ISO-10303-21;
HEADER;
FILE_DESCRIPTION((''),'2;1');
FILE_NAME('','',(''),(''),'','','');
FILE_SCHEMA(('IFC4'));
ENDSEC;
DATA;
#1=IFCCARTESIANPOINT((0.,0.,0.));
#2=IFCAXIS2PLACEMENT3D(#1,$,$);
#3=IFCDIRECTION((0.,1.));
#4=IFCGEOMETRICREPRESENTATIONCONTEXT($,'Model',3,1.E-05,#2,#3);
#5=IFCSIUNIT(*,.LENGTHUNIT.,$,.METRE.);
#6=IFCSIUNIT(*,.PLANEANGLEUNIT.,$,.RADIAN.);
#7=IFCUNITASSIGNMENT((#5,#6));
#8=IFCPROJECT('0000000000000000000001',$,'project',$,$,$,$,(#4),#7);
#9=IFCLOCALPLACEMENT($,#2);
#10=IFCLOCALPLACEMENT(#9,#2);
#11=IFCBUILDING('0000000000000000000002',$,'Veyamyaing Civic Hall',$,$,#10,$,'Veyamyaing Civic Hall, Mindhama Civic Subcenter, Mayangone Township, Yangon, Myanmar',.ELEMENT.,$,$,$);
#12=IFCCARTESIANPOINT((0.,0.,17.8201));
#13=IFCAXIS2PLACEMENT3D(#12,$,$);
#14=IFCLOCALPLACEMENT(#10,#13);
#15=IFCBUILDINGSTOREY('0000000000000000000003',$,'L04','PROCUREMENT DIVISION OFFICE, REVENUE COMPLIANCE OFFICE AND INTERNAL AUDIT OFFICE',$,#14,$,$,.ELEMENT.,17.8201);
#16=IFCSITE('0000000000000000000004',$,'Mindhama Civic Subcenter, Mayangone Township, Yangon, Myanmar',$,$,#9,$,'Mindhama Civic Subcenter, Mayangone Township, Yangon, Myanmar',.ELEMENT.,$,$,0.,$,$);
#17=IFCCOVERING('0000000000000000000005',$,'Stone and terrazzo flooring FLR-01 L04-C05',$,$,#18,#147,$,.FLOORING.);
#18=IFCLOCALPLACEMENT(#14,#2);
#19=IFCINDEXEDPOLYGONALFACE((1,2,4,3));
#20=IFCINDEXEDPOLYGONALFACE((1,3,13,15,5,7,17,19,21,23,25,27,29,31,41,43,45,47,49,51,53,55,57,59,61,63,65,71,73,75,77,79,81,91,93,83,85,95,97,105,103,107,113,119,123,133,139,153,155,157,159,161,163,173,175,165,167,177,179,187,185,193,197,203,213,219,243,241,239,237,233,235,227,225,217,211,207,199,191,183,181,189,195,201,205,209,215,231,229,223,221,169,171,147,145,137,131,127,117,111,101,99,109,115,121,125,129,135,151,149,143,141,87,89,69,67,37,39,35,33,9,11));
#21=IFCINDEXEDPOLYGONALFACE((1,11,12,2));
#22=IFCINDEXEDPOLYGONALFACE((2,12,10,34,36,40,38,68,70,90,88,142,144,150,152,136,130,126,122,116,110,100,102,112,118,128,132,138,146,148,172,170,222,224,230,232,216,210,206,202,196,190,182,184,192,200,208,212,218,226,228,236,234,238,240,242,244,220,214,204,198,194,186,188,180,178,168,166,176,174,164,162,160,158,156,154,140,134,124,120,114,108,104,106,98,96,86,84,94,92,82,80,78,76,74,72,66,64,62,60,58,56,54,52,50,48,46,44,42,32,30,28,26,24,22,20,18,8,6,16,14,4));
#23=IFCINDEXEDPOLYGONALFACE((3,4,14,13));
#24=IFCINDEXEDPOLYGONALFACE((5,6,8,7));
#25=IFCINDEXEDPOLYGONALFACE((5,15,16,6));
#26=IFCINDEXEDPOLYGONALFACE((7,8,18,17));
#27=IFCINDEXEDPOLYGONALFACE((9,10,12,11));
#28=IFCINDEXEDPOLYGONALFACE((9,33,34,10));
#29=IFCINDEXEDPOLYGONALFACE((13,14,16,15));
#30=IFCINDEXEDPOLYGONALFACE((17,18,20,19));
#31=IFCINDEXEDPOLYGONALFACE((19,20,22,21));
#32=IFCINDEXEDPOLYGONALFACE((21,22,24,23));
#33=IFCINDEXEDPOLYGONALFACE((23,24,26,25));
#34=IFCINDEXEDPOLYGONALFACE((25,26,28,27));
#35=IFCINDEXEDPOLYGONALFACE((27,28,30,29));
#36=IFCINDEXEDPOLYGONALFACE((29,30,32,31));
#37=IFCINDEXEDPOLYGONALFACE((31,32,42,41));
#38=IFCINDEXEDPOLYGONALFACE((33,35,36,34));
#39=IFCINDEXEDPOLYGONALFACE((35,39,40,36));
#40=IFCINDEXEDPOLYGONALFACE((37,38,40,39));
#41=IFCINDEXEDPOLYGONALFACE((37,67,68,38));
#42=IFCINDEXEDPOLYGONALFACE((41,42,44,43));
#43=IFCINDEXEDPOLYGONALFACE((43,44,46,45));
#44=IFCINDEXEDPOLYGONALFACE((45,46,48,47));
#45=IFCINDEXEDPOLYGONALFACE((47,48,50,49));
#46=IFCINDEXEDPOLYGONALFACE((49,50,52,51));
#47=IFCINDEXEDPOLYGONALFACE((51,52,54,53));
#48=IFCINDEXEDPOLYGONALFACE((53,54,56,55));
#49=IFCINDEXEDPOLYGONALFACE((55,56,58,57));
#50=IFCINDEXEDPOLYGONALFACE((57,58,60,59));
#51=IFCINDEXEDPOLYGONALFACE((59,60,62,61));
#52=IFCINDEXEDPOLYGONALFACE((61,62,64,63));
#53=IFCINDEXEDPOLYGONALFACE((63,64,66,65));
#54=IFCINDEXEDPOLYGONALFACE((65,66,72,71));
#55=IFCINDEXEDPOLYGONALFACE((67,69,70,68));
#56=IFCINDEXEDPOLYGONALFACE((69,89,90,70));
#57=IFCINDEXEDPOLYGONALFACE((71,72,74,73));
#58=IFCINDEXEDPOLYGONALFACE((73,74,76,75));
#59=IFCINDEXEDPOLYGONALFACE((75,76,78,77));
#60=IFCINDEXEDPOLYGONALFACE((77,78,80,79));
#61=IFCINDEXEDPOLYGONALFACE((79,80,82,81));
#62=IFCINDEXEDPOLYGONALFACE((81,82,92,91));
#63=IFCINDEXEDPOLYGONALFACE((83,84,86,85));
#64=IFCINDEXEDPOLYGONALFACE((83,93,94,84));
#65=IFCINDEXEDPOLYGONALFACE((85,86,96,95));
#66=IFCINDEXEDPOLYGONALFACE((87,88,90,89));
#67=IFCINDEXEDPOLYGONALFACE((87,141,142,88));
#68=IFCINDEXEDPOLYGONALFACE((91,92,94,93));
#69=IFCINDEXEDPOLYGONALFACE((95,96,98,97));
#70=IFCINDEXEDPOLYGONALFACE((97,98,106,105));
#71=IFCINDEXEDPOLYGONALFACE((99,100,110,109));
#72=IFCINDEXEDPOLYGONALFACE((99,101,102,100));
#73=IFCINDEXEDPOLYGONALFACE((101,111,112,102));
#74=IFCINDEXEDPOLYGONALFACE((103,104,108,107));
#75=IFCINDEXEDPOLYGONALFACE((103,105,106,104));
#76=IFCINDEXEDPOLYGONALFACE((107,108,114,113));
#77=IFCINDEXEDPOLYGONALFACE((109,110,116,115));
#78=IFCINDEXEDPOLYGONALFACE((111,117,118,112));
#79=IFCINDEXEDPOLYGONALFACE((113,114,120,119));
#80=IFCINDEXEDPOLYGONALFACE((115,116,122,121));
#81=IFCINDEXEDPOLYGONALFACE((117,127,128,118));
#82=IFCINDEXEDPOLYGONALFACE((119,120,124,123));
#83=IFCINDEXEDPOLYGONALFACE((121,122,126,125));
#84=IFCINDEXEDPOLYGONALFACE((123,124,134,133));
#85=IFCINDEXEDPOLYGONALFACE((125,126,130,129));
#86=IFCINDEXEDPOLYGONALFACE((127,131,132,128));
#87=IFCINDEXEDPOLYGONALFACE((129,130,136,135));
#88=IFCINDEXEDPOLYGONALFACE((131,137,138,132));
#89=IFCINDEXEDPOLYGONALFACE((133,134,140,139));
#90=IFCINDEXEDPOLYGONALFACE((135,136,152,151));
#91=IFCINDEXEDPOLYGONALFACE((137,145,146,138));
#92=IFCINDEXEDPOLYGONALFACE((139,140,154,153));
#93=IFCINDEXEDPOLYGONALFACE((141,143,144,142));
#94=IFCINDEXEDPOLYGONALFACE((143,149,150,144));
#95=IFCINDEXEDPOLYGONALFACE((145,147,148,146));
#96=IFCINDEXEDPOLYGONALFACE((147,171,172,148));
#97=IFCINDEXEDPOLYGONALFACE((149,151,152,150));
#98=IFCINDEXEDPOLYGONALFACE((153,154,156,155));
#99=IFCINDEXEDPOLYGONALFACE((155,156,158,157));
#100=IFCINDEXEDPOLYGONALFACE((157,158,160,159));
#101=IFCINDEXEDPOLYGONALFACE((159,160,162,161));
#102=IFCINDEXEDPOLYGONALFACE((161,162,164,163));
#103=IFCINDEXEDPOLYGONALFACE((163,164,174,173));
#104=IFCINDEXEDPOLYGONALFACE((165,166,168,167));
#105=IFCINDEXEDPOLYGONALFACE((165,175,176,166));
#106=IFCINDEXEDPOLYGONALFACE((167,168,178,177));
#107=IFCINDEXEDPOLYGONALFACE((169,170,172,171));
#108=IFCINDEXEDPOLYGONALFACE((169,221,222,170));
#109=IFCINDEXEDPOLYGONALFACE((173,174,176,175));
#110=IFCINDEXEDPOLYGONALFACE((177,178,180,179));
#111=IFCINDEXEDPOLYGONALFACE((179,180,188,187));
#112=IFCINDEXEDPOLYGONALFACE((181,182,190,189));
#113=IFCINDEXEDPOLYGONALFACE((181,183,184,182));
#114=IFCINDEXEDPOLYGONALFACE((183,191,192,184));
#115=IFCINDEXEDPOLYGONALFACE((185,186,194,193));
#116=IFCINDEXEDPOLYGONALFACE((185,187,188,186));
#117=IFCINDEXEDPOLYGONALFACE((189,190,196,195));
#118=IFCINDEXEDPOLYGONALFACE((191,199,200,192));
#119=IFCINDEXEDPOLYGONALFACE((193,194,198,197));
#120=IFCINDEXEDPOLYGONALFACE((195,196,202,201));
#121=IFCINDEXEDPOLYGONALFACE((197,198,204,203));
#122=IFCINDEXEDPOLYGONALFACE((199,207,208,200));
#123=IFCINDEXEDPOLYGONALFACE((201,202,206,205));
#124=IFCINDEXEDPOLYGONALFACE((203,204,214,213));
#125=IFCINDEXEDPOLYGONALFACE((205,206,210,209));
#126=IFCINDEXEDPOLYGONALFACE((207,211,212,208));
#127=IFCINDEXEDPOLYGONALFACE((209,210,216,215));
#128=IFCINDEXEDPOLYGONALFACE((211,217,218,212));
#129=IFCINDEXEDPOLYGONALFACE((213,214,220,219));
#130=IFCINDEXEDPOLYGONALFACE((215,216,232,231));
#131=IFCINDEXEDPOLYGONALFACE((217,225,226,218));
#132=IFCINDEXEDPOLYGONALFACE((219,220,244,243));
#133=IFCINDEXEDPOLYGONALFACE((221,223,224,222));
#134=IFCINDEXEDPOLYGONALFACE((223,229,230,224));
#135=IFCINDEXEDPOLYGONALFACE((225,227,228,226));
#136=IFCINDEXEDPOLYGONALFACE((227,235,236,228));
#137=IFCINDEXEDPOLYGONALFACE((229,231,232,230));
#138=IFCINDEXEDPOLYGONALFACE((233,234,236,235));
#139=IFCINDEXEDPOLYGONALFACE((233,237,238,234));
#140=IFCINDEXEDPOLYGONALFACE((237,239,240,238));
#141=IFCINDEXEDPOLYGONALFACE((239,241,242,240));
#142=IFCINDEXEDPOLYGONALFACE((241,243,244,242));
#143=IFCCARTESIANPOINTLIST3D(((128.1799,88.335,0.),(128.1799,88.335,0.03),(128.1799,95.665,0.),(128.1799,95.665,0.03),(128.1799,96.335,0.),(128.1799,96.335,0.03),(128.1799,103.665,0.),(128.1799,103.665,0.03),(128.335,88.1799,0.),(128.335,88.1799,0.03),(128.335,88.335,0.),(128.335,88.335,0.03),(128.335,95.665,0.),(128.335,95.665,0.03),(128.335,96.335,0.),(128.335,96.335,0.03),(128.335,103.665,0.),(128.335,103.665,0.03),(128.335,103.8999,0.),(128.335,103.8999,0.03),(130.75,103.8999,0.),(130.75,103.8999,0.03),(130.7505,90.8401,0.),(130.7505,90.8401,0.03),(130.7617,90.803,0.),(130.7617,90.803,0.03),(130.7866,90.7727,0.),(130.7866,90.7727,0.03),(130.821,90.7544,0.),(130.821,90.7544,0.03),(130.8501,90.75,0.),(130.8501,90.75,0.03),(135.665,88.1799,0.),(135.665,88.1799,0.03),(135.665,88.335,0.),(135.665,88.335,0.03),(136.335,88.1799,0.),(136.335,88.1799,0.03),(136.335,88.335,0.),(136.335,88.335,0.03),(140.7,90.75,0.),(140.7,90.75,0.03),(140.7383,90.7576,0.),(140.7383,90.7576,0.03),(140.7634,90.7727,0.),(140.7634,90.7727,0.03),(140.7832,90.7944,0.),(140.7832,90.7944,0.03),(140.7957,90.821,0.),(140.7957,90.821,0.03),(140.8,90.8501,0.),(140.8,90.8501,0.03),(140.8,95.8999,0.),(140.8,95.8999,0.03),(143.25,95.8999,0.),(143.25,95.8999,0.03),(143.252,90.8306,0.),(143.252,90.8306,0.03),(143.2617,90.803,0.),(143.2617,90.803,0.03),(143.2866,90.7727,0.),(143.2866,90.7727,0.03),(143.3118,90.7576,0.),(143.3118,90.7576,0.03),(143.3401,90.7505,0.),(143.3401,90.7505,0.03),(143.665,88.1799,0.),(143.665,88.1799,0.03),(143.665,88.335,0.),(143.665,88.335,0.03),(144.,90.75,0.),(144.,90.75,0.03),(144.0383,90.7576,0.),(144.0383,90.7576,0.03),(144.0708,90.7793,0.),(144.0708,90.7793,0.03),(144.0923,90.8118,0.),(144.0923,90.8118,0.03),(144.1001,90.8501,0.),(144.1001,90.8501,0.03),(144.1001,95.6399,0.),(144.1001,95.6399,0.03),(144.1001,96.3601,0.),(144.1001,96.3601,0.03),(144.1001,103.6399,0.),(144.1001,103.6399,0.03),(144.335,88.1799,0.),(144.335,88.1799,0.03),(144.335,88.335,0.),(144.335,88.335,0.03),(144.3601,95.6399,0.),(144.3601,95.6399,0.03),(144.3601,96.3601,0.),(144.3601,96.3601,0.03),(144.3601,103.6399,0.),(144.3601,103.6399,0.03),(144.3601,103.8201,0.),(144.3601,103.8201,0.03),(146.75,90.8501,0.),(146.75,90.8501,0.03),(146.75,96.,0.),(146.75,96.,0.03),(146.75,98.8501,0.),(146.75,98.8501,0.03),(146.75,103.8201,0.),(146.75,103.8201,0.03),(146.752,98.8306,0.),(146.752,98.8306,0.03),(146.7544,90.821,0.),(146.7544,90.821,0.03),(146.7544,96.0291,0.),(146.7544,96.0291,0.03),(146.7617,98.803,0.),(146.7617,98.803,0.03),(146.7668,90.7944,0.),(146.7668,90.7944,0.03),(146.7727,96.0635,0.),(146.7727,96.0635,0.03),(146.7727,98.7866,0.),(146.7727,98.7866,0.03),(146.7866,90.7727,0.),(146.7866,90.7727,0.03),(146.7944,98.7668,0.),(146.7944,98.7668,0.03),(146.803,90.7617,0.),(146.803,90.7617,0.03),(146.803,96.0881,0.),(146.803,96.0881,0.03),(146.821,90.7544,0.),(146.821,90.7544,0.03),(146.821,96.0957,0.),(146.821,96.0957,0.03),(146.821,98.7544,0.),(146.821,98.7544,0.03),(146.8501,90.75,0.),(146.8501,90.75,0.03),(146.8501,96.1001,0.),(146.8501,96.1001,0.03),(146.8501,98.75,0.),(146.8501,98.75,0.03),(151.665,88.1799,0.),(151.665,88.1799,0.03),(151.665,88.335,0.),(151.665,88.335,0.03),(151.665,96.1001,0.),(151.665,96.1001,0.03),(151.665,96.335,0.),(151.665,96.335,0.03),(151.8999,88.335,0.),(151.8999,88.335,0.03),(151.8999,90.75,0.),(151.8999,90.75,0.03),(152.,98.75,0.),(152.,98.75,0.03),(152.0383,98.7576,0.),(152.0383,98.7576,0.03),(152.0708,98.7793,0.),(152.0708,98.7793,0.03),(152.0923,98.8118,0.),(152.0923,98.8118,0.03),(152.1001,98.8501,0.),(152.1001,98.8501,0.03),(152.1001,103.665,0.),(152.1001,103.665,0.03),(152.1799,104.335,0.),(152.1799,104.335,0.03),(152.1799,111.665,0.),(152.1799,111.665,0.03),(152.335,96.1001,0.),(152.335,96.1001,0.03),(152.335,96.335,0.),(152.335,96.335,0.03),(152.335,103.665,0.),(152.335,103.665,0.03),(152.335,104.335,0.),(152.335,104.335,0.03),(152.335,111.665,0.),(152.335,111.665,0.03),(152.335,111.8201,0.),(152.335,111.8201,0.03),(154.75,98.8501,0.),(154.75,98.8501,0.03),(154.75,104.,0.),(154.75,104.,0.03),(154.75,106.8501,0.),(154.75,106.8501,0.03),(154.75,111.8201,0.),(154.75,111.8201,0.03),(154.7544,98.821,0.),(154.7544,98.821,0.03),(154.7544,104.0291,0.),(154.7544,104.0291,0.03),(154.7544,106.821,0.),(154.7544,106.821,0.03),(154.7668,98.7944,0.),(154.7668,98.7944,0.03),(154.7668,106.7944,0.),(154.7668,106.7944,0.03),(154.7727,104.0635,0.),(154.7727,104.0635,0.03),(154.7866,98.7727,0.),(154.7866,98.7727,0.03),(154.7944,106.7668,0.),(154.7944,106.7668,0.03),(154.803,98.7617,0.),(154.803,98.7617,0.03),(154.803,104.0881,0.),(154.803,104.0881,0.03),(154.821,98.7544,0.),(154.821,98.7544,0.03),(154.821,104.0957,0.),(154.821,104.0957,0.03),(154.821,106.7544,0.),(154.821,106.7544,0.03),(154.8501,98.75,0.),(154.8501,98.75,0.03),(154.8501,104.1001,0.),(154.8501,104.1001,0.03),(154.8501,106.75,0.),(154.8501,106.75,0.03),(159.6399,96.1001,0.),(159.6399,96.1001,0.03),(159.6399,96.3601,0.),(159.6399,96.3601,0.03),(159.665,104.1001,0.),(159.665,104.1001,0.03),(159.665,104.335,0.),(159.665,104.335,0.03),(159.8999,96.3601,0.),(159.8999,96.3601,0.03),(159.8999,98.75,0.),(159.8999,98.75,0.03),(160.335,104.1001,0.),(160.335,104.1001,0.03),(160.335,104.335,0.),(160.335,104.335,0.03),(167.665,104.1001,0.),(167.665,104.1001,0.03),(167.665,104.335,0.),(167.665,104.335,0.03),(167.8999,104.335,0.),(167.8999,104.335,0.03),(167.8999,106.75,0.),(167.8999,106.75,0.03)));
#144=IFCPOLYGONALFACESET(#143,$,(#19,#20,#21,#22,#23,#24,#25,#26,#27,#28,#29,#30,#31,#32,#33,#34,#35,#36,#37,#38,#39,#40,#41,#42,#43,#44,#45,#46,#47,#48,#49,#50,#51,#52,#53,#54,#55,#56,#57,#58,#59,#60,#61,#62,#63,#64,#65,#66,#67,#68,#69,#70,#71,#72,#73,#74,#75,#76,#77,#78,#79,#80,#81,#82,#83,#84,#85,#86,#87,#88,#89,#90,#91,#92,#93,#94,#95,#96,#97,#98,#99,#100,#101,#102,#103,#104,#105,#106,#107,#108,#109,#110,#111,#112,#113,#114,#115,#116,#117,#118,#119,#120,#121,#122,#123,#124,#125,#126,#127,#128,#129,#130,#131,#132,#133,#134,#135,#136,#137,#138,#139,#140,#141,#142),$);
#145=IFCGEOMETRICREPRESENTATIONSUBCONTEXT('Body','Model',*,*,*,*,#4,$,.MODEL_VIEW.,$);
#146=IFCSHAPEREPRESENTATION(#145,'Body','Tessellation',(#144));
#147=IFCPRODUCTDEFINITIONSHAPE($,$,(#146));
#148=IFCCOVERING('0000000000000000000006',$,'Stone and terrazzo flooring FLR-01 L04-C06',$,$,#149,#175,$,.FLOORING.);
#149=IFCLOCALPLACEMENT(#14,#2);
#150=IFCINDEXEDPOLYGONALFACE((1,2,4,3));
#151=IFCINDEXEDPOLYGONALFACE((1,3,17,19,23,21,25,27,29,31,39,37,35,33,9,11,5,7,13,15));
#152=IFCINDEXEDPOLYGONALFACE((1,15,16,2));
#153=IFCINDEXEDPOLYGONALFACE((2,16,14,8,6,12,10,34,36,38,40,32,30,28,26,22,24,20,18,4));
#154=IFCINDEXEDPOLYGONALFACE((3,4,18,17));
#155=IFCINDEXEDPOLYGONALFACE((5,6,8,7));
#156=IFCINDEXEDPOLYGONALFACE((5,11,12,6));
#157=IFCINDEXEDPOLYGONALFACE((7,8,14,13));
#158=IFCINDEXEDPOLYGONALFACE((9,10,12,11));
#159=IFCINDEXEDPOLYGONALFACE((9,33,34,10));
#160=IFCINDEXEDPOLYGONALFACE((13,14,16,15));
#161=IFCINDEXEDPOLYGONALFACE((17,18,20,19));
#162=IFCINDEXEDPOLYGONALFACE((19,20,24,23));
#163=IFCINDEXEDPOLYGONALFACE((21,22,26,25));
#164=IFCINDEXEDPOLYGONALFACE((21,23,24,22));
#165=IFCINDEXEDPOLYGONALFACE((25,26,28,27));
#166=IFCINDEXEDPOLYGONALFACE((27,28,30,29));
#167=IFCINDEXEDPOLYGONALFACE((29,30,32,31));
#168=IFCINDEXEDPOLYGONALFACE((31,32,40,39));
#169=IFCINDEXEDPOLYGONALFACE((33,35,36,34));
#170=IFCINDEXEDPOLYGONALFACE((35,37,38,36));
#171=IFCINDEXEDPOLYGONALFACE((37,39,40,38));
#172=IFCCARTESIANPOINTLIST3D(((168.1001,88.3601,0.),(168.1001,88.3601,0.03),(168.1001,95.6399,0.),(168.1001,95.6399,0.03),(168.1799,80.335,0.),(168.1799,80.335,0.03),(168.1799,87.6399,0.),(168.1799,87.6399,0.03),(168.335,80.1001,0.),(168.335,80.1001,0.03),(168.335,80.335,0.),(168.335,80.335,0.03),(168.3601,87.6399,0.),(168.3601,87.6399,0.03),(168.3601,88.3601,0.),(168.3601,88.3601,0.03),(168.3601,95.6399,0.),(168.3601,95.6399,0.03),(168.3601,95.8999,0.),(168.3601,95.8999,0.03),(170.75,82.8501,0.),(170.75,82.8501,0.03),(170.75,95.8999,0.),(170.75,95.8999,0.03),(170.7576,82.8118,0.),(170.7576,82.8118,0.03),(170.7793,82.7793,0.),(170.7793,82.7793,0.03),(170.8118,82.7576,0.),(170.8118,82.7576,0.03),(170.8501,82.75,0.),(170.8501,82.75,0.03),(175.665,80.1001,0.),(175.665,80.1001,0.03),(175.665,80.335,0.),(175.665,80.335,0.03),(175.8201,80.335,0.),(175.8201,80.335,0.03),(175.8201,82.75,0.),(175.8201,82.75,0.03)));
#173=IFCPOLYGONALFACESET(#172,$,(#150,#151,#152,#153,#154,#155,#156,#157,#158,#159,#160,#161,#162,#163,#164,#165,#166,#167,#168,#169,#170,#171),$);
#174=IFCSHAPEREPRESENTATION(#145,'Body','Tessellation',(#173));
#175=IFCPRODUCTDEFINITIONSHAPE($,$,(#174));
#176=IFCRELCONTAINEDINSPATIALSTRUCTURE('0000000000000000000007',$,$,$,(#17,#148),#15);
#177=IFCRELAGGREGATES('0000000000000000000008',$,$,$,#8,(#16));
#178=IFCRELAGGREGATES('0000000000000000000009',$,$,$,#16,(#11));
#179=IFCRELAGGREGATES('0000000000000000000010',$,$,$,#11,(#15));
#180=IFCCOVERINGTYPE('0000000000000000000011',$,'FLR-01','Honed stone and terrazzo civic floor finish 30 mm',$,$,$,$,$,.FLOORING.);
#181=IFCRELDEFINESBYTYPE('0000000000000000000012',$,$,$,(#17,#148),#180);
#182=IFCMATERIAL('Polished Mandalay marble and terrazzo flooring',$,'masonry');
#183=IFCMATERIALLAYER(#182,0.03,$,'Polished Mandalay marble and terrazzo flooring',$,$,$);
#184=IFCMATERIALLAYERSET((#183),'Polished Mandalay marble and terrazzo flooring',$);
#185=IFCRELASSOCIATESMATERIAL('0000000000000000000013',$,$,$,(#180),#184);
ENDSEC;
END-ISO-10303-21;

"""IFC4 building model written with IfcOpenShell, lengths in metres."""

from ifc_helpers import new_model, si_unit, direction, frame, origin, place, context, subcontext, project, spatial, polyline, outline, extrude, material, layer, layer_set, type_object, element, save


model = new_model("IFC4")

# Units and contexts
model_context = context("Model", 3, precision=1e-05, world=origin(), true_north=direction((0.0, 1.0)))
body_context = subcontext(model_context, "Body", "Model", "MODEL_VIEW")
ifc_project = project(units=[si_unit("LENGTHUNIT", "METRE"), si_unit("PLANEANGLEUNIT", "RADIAN")], contexts=[model_context])

# Site, building, storey
site_placement = place(None, origin())
site = spatial("IfcSite", under=ifc_project, at=site_placement, Name="Mindhama Civic Subcenter, Mayangone Township, Yangon, Myanmar", LongName="Mindhama Civic Subcenter, Mayangone Township, Yangon, Myanmar", CompositionType="ELEMENT", RefElevation=0.0)
building_placement = place(site_placement, origin())
building = spatial("IfcBuilding", under=site, at=building_placement, Name="Veyamyaing Civic Hall", LongName="Veyamyaing Civic Hall, Mindhama Civic Subcenter, Mayangone Township, Yangon, Myanmar", CompositionType="ELEMENT")
storey_placement = place(building_placement, frame((0.0, 0.0, 17.8201)))
storey = spatial("IfcBuildingStorey", under=building, at=storey_placement, Name="L04", Description="PROCUREMENT DIVISION OFFICE, REVENUE COMPLIANCE OFFICE AND INTERNAL AUDIT OFFICE", CompositionType="ELEMENT", Elevation=17.8201)

# Coverings
ifc_material_1 = material(Name="Polished Mandalay marble and terrazzo flooring", Category="masonry")
ifc_layer_1 = layer(ifc_material_1, 0.03, Name="Polished Mandalay marble and terrazzo flooring")
ifc_layer_set_1 = layer_set([ifc_layer_1], Name="Polished Mandalay marble and terrazzo flooring")
covering_type_1 = type_object("IfcCoveringType", Name="FLR-01", Description="Honed stone and terrazzo civic floor finish 30 mm", PredefinedType="FLOORING", material=ifc_layer_set_1)
covering_1_placement = place(storey_placement, origin())
element("IfcCovering", 1, at=covering_1_placement, inside=storey, type_object=covering_type_1, Name="Stone and terrazzo flooring FLR-01 L04-C05", PredefinedType="FLOORING", context=body_context, shape_type="SweptSolid", body=[
    extrude(outline(polyline([(130.7505, 90.8401), (130.7617, 90.803), (130.7866, 90.7727), (130.821, 90.7544), (130.8501, 90.75), (140.7, 90.75), (140.7383, 90.7576), (140.7634, 90.7727), (140.7832, 90.7944), (140.7957, 90.821), (140.8, 90.8501), (140.8, 95.8999), (143.25, 95.8999), (143.252, 90.8306), (143.2617, 90.803), (143.2866, 90.7727), (143.3118, 90.7576), (143.3401, 90.7505), (144.0, 90.75), (144.0383, 90.7576), (144.0708, 90.7793), (144.0923, 90.8118), (144.1001, 90.8501), (144.1001, 95.6399), (144.3601, 95.6399), (144.3601, 96.3601), (144.1001, 96.3601), (144.1001, 103.6399), (144.3601, 103.6399), (144.3601, 103.8201), (146.75, 103.8201), (146.75, 98.8501), (146.752, 98.8306), (146.7617, 98.803), (146.7727, 98.7866), (146.7944, 98.7668), (146.821, 98.7544), (146.8501, 98.75), (152.0, 98.75), (152.0383, 98.7576), (152.0708, 98.7793), (152.0923, 98.8118), (152.1001, 98.8501), (152.1001, 103.665), (152.335, 103.665), (152.335, 104.335), (152.1799, 104.335), (152.1799, 111.665), (152.335, 111.665), (152.335, 111.8201), (154.75, 111.8201), (154.75, 106.8501), (154.7544, 106.821), (154.7668, 106.7944), (154.7944, 106.7668), (154.821, 106.7544), (154.8501, 106.75), (167.8999, 106.75), (167.8999, 104.335), (167.665, 104.335), (167.665, 104.1001), (160.335, 104.1001), (160.335, 104.335), (159.665, 104.335), (159.665, 104.1001), (154.8501, 104.1001), (154.821, 104.0957), (154.803, 104.0881), (154.7727, 104.0635), (154.7544, 104.0291), (154.75, 104.0), (154.75, 98.8501), (154.7544, 98.821), (154.7668, 98.7944), (154.7866, 98.7727), (154.803, 98.7617), (154.821, 98.7544), (154.8501, 98.75), (159.8999, 98.75), (159.8999, 96.3601), (159.6399, 96.3601), (159.6399, 96.1001), (152.335, 96.1001), (152.335, 96.335), (151.665, 96.335), (151.665, 96.1001), (146.8501, 96.1001), (146.821, 96.0957), (146.803, 96.0881), (146.7727, 96.0635), (146.7544, 96.0291), (146.75, 96.0), (146.75, 90.8501), (146.7544, 90.821), (146.7668, 90.7944), (146.7866, 90.7727), (146.803, 90.7617), (146.821, 90.7544), (146.8501, 90.75), (151.8999, 90.75), (151.8999, 88.335), (151.665, 88.335), (151.665, 88.1799), (144.335, 88.1799), (144.335, 88.335), (143.665, 88.335), (143.665, 88.1799), (136.335, 88.1799), (136.335, 88.335), (135.665, 88.335), (135.665, 88.1799), (128.335, 88.1799), (128.335, 88.335), (128.1799, 88.335), (128.1799, 95.665), (128.335, 95.665), (128.335, 96.335), (128.1799, 96.335), (128.1799, 103.665), (128.335, 103.665), (128.335, 103.8999), (130.75, 103.8999), (130.7505, 90.8401)])), origin(), (0.0, 0.0, 1.0), 0.03),
])
covering_2_placement = place(storey_placement, origin())
element("IfcCovering", 2, at=covering_2_placement, inside=storey, type_object=covering_type_1, Name="Stone and terrazzo flooring FLR-01 L04-C06", PredefinedType="FLOORING", context=body_context, shape_type="SweptSolid", body=[
    extrude(outline(polyline([(170.75, 82.8501), (170.7576, 82.8118), (170.7793, 82.7793), (170.8118, 82.7576), (170.8501, 82.75), (175.8201, 82.75), (175.8201, 80.335), (175.665, 80.335), (175.665, 80.1001), (168.335, 80.1001), (168.335, 80.335), (168.1799, 80.335), (168.1799, 87.6399), (168.3601, 87.6399), (168.3601, 88.3601), (168.1001, 88.3601), (168.1001, 95.6399), (168.3601, 95.6399), (168.3601, 95.8999), (170.75, 95.8999), (170.75, 82.8501)])), origin(), (0.0, 0.0, 1.0), 0.03),
])

save(model, "model.ifc")
